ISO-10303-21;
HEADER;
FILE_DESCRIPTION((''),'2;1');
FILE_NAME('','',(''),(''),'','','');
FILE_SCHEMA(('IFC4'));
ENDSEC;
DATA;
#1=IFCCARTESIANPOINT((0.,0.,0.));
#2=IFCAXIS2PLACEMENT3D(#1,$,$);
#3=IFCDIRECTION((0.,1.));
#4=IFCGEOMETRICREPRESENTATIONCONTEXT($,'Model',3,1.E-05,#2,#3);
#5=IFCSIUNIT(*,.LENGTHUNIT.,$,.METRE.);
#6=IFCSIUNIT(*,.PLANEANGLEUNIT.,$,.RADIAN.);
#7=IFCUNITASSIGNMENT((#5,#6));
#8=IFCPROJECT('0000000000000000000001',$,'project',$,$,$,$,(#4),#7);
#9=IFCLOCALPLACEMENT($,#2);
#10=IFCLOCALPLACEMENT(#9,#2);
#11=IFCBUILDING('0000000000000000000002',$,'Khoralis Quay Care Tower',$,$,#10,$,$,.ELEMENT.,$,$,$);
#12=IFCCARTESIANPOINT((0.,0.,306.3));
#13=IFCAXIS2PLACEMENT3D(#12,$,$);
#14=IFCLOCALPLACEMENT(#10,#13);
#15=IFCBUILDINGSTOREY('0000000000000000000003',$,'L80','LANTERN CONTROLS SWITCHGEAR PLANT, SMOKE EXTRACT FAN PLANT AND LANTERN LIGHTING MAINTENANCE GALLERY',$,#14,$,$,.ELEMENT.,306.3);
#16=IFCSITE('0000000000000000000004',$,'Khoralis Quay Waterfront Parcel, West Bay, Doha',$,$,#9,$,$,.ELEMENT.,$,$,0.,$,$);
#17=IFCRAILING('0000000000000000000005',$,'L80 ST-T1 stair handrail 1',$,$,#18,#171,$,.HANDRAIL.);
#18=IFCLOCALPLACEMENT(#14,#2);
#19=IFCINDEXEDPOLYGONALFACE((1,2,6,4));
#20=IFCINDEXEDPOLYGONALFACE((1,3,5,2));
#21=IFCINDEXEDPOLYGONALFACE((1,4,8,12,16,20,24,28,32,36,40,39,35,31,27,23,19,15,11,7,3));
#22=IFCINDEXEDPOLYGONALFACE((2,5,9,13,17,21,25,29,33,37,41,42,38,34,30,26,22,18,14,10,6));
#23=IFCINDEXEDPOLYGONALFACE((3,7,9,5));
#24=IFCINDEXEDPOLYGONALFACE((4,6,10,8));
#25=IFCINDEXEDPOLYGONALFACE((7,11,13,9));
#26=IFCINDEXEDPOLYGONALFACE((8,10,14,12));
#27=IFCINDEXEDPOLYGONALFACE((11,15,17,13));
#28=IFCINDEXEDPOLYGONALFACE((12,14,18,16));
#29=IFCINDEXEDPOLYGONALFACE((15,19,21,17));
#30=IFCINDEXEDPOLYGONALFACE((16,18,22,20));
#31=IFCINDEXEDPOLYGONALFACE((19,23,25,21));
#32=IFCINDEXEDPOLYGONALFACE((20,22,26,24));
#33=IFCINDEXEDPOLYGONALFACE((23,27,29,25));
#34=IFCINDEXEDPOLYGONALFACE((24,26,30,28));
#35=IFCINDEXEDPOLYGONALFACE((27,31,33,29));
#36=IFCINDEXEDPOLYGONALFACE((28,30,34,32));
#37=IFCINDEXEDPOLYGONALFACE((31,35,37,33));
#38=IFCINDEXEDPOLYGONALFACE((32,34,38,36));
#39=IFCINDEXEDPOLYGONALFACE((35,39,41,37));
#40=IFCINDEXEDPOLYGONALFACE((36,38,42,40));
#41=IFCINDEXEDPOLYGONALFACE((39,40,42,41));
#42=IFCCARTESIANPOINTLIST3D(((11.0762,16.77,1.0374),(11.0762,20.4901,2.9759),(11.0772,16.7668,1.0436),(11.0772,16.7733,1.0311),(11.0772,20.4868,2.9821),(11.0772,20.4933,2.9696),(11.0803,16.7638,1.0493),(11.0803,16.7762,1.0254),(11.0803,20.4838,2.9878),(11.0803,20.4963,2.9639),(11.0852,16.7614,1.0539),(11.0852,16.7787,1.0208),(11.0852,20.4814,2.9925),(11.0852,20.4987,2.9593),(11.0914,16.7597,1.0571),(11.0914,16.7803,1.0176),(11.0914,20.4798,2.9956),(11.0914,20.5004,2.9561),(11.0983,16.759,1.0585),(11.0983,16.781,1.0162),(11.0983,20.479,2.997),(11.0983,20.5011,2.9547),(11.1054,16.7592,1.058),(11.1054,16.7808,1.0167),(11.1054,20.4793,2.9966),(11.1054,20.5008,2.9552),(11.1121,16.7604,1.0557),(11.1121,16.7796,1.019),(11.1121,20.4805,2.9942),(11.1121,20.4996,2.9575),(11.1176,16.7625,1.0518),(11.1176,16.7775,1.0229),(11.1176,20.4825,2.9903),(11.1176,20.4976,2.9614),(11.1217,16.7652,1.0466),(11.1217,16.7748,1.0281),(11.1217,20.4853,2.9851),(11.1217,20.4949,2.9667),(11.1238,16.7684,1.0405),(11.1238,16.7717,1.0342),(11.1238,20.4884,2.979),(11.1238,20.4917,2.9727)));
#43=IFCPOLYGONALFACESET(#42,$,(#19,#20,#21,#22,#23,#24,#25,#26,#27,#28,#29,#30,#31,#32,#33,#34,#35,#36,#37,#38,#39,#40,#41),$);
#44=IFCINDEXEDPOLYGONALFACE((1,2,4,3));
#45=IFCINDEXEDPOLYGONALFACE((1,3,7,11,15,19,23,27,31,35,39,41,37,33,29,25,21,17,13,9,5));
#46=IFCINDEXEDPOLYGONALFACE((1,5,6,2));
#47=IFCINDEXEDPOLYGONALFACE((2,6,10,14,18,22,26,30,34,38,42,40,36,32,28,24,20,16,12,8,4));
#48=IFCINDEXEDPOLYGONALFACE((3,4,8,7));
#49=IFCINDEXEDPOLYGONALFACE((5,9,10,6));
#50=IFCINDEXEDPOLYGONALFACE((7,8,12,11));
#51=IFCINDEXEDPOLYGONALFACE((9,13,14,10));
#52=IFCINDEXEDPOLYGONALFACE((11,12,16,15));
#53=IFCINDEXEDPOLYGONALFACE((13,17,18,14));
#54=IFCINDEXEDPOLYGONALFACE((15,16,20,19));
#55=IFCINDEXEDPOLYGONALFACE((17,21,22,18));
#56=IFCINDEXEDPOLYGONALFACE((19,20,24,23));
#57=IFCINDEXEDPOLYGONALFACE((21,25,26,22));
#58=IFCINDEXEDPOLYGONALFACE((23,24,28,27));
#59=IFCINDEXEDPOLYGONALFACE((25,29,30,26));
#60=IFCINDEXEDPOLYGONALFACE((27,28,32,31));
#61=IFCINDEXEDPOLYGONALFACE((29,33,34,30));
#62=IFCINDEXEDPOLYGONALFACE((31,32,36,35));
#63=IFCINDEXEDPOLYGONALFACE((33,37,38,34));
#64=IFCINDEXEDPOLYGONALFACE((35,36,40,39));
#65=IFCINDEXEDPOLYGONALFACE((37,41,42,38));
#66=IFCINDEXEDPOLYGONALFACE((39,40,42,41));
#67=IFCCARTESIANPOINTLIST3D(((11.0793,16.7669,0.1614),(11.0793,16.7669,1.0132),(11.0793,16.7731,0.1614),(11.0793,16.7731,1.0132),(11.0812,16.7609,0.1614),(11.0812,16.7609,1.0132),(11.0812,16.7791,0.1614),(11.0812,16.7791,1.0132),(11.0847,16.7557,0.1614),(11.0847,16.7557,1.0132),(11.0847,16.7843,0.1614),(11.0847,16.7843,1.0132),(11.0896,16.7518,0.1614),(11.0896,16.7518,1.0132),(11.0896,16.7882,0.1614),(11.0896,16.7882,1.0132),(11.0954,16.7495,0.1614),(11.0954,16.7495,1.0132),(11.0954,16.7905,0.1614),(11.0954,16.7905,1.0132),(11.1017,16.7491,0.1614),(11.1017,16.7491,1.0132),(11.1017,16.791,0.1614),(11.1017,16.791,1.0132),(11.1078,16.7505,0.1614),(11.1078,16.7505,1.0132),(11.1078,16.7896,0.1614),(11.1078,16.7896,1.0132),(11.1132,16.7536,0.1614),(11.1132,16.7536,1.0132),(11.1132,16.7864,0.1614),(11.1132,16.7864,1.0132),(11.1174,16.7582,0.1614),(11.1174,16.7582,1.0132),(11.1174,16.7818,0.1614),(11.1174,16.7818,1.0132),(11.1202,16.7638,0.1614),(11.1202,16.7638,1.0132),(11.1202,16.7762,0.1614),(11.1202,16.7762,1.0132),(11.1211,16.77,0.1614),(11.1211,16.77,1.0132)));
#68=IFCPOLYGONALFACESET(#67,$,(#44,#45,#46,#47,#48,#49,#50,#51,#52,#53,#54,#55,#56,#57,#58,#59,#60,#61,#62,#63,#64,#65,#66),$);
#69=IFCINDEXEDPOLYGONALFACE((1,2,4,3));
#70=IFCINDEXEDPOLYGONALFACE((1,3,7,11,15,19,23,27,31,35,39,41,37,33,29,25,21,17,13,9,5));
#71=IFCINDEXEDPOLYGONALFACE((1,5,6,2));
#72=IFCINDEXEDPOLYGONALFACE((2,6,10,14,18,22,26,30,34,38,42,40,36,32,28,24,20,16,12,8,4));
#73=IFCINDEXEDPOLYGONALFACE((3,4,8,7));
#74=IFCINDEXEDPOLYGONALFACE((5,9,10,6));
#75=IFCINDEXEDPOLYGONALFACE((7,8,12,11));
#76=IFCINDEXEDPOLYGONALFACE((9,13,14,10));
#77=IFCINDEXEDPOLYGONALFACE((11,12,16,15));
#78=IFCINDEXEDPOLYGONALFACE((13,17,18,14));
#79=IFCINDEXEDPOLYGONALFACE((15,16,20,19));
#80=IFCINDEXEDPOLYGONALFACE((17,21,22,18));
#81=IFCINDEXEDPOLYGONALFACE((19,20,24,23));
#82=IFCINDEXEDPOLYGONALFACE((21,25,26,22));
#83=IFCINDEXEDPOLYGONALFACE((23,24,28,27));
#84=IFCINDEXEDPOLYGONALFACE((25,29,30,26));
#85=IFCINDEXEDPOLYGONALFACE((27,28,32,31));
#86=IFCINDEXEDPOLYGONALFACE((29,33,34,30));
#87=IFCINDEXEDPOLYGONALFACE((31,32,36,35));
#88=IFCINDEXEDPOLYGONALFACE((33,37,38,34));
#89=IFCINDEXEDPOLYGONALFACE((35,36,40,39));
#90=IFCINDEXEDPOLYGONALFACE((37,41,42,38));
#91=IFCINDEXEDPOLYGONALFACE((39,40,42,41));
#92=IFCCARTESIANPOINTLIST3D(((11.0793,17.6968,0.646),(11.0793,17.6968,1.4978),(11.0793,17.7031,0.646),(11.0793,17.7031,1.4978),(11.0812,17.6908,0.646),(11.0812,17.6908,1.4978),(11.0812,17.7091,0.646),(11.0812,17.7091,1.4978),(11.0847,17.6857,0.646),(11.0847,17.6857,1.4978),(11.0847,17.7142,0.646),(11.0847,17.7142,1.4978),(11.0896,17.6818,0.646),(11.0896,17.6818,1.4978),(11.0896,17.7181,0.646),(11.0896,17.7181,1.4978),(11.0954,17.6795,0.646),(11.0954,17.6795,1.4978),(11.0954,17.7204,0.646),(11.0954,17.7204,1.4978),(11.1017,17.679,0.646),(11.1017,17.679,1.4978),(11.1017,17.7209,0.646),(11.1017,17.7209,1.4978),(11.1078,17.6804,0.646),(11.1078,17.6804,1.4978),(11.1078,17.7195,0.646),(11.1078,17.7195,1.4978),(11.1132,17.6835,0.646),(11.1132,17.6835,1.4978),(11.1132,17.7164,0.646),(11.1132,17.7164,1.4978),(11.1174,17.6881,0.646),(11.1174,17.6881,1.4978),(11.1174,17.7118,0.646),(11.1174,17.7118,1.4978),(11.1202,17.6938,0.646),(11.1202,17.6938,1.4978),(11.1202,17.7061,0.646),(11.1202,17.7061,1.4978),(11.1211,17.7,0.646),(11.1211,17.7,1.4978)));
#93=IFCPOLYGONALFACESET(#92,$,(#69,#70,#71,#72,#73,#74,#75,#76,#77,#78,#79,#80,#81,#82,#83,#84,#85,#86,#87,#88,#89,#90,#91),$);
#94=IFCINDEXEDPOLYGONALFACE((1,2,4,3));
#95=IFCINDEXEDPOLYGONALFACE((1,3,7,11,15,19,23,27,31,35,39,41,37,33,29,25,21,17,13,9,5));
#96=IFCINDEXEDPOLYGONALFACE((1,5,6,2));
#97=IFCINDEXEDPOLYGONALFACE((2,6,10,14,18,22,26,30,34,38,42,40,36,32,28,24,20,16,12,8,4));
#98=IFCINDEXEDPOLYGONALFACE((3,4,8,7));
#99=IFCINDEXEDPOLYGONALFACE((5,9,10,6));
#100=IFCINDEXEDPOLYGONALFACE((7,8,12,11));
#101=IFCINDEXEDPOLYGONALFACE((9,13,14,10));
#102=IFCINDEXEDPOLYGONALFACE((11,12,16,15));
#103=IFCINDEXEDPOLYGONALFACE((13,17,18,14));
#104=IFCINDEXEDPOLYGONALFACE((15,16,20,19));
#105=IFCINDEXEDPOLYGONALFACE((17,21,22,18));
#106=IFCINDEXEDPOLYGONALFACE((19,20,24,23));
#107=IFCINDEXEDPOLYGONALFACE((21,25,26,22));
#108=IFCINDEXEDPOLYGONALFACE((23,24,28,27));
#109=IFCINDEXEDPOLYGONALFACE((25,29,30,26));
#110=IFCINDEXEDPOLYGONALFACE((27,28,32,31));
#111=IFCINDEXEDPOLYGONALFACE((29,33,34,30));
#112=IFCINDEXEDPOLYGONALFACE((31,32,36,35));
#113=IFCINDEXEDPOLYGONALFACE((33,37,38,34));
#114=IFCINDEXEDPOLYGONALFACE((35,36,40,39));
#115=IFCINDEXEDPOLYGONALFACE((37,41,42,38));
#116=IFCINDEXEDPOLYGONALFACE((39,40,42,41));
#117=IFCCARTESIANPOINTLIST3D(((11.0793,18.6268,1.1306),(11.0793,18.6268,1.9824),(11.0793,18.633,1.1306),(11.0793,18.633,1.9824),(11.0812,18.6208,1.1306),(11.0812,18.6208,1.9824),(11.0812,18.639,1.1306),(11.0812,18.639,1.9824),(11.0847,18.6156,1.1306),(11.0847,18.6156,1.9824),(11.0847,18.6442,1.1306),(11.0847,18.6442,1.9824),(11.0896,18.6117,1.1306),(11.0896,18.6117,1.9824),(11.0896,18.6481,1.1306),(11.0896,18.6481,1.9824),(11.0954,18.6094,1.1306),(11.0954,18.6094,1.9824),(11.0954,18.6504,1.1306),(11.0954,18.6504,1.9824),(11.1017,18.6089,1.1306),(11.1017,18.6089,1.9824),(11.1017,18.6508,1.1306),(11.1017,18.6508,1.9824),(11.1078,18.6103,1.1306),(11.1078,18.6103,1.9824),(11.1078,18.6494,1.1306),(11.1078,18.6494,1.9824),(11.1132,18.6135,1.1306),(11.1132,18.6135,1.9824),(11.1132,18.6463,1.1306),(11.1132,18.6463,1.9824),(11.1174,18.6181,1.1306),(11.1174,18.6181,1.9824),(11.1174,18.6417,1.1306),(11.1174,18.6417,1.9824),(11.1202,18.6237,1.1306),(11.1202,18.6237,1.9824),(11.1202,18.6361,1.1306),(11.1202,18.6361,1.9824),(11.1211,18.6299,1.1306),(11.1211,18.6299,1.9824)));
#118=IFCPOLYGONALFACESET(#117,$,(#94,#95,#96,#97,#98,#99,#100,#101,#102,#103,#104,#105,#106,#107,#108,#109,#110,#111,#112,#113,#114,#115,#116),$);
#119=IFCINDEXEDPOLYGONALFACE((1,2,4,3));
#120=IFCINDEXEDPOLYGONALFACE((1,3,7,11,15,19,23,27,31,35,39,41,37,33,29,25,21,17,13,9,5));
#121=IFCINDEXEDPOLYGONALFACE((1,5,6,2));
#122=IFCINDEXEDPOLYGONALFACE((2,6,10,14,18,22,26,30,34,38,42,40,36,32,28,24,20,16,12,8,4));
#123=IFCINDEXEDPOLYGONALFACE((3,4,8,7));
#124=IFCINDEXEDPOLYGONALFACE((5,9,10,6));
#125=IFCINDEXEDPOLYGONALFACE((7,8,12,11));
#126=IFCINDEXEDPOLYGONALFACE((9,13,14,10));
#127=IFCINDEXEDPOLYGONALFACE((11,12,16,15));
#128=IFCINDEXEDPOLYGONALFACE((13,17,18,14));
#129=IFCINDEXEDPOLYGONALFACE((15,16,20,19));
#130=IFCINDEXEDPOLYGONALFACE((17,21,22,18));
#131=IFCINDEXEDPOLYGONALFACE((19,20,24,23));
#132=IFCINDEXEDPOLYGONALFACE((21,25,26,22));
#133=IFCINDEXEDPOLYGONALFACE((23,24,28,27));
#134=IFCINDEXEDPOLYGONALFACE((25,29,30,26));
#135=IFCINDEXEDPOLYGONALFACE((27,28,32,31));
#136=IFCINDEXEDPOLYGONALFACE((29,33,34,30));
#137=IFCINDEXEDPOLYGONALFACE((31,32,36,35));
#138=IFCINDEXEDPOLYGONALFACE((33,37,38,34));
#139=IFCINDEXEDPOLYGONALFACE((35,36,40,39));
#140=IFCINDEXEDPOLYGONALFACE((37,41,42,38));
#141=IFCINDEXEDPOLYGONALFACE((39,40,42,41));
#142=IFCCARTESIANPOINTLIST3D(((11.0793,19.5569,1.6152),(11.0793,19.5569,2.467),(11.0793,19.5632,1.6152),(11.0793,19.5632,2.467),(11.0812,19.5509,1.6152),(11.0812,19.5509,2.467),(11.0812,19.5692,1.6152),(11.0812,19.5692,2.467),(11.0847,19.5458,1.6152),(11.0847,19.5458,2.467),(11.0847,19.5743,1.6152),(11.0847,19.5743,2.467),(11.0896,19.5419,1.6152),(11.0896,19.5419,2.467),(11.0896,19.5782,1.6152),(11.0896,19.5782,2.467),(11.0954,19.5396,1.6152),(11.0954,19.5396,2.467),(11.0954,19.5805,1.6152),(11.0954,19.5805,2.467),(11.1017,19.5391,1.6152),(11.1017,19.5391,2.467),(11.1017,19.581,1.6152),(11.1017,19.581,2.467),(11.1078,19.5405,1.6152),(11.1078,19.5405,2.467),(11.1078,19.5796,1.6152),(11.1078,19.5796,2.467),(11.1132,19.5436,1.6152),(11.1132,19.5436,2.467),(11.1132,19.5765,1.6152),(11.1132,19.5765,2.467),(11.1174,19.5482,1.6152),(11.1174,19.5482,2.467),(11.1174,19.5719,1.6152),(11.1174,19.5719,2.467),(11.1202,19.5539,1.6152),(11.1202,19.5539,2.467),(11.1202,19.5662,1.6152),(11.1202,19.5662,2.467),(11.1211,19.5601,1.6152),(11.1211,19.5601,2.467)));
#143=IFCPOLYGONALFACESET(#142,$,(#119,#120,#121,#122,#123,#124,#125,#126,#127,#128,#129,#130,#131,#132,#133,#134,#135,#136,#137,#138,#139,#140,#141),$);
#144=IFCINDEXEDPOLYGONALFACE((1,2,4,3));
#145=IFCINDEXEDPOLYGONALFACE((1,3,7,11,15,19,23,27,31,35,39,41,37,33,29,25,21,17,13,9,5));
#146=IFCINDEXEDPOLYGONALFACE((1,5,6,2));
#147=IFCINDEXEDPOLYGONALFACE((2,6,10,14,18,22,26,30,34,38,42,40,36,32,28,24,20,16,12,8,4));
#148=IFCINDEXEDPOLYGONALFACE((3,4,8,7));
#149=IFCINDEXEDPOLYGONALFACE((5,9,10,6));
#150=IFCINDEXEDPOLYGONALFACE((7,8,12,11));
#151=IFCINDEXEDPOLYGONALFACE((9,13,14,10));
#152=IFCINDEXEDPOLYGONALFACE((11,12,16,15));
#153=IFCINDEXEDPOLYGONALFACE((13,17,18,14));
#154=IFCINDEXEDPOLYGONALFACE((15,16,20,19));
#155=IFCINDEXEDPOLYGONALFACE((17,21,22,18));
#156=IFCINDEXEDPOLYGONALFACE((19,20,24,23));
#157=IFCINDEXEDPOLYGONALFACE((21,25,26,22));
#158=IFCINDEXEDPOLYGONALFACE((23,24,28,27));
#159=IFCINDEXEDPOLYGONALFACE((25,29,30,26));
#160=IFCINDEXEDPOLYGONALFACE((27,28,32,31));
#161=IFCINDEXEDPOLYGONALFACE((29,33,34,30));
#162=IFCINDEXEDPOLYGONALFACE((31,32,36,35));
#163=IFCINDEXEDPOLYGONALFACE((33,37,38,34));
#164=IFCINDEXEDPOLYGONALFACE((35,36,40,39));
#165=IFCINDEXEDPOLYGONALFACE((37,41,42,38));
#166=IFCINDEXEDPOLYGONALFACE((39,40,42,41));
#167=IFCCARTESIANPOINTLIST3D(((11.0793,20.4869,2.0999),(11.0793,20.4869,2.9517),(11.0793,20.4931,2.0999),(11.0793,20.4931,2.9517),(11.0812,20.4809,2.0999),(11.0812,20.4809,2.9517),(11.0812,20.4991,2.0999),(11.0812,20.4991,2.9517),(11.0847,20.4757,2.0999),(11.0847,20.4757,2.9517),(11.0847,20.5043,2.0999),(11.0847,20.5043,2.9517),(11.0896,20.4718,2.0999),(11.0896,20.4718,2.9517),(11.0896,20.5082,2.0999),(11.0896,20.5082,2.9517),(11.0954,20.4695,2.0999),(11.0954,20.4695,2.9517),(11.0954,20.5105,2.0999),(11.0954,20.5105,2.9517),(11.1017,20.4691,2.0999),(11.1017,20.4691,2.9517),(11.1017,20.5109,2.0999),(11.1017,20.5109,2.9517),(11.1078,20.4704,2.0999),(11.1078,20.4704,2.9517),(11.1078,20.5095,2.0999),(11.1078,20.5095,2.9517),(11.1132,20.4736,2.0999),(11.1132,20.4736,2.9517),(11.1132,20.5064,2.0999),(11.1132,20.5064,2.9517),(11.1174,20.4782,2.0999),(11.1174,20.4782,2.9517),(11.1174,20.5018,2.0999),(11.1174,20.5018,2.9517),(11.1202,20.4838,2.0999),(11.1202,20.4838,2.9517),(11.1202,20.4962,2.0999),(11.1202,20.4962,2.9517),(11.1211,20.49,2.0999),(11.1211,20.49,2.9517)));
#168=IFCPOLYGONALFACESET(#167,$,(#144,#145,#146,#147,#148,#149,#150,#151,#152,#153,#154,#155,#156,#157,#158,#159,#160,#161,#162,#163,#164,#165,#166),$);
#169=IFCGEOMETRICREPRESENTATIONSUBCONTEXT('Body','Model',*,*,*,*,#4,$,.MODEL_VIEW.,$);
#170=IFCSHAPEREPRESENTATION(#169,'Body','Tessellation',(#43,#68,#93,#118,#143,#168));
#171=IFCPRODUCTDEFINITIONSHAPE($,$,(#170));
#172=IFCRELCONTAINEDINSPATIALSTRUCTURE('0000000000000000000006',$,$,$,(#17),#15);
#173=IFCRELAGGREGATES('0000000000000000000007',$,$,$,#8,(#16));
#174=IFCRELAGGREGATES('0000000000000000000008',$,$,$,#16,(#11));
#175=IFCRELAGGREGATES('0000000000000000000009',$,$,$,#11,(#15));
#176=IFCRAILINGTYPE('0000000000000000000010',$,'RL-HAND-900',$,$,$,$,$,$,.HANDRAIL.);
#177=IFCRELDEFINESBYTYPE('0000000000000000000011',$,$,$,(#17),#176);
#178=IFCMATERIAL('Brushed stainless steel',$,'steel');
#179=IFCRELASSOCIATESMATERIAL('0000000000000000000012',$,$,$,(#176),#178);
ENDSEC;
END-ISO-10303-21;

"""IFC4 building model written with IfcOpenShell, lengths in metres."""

from ifc_helpers import new_model, si_unit, direction, frame, origin, origin_2d, place, context, subcontext, project, spatial, circle, extrude, material, type_object, element, save


model = new_model("IFC4")

# Units and contexts
model_context = context("Model", 3, precision=1e-05, world=origin(), true_north=direction((0.0, 1.0)))
body_context = subcontext(model_context, "Body", "Model", "MODEL_VIEW")
ifc_project = project(units=[si_unit("LENGTHUNIT", "METRE"), si_unit("PLANEANGLEUNIT", "RADIAN")], contexts=[model_context])

# Site, building, storey
site_placement = place(None, origin())
site = spatial("IfcSite", under=ifc_project, at=site_placement, Name="Khoralis Quay Waterfront Parcel, West Bay, Doha", CompositionType="ELEMENT", RefElevation=0.0)
building_placement = place(site_placement, origin())
building = spatial("IfcBuilding", under=site, at=building_placement, Name="Khoralis Quay Care Tower", CompositionType="ELEMENT")
storey_placement = place(building_placement, frame((0.0, 0.0, 306.3)))
storey = spatial("IfcBuildingStorey", under=building, at=storey_placement, Name="L80", Description="LANTERN CONTROLS SWITCHGEAR PLANT, SMOKE EXTRACT FAN PLANT AND LANTERN LIGHTING MAINTENANCE GALLERY", CompositionType="ELEMENT", Elevation=306.3)

# Shared definitions
ifc_material_1 = material(Name="Brushed stainless steel", Category="steel")

# Railing
railing_type_1 = type_object("IfcRailingType", Name="RL-HAND-900", PredefinedType="HANDRAIL", material=ifc_material_1)
railing_1_placement = place(storey_placement, frame((11.1001, 16.77, 0.1614)))
element("IfcRailing", 1, at=railing_1_placement, inside=storey, type_object=railing_type_1, Name="L80 ST-T1 stair handrail 1", PredefinedType="HANDRAIL", context=body_context, shape_type="SweptSolid", body=[
    extrude(circle(Radius=0.0239, at=origin_2d()), frame((0.0, 0.0, 0.876), z_axis=(0.0, 0.886817, 0.46212), x_axis=(-1.0, 0.0, 0.0)), (0.0, 0.0, 1.0), 4.1948),
    extrude(circle(Radius=0.021, at=origin_2d()), origin(), (0.0, 0.0, 1.0), 0.8518),
    extrude(circle(Radius=0.021, at=origin_2d()), frame((0.0, 0.9299, 0.4846)), (0.0, 0.0, 1.0), 0.8518),
    extrude(circle(Radius=0.021, at=origin_2d()), frame((0.0, 1.8599, 0.9692)), (0.0, 0.0, 1.0), 0.8518),
    extrude(circle(Radius=0.021, at=origin_2d()), frame((0.0, 2.79, 1.4539)), (0.0, 0.0, 1.0), 0.8518),
    extrude(circle(Radius=0.021, at=origin_2d()), frame((0.0, 3.72, 1.9385)), (0.0, 0.0, 1.0), 0.8518),
])

save(model, "model.ifc")
